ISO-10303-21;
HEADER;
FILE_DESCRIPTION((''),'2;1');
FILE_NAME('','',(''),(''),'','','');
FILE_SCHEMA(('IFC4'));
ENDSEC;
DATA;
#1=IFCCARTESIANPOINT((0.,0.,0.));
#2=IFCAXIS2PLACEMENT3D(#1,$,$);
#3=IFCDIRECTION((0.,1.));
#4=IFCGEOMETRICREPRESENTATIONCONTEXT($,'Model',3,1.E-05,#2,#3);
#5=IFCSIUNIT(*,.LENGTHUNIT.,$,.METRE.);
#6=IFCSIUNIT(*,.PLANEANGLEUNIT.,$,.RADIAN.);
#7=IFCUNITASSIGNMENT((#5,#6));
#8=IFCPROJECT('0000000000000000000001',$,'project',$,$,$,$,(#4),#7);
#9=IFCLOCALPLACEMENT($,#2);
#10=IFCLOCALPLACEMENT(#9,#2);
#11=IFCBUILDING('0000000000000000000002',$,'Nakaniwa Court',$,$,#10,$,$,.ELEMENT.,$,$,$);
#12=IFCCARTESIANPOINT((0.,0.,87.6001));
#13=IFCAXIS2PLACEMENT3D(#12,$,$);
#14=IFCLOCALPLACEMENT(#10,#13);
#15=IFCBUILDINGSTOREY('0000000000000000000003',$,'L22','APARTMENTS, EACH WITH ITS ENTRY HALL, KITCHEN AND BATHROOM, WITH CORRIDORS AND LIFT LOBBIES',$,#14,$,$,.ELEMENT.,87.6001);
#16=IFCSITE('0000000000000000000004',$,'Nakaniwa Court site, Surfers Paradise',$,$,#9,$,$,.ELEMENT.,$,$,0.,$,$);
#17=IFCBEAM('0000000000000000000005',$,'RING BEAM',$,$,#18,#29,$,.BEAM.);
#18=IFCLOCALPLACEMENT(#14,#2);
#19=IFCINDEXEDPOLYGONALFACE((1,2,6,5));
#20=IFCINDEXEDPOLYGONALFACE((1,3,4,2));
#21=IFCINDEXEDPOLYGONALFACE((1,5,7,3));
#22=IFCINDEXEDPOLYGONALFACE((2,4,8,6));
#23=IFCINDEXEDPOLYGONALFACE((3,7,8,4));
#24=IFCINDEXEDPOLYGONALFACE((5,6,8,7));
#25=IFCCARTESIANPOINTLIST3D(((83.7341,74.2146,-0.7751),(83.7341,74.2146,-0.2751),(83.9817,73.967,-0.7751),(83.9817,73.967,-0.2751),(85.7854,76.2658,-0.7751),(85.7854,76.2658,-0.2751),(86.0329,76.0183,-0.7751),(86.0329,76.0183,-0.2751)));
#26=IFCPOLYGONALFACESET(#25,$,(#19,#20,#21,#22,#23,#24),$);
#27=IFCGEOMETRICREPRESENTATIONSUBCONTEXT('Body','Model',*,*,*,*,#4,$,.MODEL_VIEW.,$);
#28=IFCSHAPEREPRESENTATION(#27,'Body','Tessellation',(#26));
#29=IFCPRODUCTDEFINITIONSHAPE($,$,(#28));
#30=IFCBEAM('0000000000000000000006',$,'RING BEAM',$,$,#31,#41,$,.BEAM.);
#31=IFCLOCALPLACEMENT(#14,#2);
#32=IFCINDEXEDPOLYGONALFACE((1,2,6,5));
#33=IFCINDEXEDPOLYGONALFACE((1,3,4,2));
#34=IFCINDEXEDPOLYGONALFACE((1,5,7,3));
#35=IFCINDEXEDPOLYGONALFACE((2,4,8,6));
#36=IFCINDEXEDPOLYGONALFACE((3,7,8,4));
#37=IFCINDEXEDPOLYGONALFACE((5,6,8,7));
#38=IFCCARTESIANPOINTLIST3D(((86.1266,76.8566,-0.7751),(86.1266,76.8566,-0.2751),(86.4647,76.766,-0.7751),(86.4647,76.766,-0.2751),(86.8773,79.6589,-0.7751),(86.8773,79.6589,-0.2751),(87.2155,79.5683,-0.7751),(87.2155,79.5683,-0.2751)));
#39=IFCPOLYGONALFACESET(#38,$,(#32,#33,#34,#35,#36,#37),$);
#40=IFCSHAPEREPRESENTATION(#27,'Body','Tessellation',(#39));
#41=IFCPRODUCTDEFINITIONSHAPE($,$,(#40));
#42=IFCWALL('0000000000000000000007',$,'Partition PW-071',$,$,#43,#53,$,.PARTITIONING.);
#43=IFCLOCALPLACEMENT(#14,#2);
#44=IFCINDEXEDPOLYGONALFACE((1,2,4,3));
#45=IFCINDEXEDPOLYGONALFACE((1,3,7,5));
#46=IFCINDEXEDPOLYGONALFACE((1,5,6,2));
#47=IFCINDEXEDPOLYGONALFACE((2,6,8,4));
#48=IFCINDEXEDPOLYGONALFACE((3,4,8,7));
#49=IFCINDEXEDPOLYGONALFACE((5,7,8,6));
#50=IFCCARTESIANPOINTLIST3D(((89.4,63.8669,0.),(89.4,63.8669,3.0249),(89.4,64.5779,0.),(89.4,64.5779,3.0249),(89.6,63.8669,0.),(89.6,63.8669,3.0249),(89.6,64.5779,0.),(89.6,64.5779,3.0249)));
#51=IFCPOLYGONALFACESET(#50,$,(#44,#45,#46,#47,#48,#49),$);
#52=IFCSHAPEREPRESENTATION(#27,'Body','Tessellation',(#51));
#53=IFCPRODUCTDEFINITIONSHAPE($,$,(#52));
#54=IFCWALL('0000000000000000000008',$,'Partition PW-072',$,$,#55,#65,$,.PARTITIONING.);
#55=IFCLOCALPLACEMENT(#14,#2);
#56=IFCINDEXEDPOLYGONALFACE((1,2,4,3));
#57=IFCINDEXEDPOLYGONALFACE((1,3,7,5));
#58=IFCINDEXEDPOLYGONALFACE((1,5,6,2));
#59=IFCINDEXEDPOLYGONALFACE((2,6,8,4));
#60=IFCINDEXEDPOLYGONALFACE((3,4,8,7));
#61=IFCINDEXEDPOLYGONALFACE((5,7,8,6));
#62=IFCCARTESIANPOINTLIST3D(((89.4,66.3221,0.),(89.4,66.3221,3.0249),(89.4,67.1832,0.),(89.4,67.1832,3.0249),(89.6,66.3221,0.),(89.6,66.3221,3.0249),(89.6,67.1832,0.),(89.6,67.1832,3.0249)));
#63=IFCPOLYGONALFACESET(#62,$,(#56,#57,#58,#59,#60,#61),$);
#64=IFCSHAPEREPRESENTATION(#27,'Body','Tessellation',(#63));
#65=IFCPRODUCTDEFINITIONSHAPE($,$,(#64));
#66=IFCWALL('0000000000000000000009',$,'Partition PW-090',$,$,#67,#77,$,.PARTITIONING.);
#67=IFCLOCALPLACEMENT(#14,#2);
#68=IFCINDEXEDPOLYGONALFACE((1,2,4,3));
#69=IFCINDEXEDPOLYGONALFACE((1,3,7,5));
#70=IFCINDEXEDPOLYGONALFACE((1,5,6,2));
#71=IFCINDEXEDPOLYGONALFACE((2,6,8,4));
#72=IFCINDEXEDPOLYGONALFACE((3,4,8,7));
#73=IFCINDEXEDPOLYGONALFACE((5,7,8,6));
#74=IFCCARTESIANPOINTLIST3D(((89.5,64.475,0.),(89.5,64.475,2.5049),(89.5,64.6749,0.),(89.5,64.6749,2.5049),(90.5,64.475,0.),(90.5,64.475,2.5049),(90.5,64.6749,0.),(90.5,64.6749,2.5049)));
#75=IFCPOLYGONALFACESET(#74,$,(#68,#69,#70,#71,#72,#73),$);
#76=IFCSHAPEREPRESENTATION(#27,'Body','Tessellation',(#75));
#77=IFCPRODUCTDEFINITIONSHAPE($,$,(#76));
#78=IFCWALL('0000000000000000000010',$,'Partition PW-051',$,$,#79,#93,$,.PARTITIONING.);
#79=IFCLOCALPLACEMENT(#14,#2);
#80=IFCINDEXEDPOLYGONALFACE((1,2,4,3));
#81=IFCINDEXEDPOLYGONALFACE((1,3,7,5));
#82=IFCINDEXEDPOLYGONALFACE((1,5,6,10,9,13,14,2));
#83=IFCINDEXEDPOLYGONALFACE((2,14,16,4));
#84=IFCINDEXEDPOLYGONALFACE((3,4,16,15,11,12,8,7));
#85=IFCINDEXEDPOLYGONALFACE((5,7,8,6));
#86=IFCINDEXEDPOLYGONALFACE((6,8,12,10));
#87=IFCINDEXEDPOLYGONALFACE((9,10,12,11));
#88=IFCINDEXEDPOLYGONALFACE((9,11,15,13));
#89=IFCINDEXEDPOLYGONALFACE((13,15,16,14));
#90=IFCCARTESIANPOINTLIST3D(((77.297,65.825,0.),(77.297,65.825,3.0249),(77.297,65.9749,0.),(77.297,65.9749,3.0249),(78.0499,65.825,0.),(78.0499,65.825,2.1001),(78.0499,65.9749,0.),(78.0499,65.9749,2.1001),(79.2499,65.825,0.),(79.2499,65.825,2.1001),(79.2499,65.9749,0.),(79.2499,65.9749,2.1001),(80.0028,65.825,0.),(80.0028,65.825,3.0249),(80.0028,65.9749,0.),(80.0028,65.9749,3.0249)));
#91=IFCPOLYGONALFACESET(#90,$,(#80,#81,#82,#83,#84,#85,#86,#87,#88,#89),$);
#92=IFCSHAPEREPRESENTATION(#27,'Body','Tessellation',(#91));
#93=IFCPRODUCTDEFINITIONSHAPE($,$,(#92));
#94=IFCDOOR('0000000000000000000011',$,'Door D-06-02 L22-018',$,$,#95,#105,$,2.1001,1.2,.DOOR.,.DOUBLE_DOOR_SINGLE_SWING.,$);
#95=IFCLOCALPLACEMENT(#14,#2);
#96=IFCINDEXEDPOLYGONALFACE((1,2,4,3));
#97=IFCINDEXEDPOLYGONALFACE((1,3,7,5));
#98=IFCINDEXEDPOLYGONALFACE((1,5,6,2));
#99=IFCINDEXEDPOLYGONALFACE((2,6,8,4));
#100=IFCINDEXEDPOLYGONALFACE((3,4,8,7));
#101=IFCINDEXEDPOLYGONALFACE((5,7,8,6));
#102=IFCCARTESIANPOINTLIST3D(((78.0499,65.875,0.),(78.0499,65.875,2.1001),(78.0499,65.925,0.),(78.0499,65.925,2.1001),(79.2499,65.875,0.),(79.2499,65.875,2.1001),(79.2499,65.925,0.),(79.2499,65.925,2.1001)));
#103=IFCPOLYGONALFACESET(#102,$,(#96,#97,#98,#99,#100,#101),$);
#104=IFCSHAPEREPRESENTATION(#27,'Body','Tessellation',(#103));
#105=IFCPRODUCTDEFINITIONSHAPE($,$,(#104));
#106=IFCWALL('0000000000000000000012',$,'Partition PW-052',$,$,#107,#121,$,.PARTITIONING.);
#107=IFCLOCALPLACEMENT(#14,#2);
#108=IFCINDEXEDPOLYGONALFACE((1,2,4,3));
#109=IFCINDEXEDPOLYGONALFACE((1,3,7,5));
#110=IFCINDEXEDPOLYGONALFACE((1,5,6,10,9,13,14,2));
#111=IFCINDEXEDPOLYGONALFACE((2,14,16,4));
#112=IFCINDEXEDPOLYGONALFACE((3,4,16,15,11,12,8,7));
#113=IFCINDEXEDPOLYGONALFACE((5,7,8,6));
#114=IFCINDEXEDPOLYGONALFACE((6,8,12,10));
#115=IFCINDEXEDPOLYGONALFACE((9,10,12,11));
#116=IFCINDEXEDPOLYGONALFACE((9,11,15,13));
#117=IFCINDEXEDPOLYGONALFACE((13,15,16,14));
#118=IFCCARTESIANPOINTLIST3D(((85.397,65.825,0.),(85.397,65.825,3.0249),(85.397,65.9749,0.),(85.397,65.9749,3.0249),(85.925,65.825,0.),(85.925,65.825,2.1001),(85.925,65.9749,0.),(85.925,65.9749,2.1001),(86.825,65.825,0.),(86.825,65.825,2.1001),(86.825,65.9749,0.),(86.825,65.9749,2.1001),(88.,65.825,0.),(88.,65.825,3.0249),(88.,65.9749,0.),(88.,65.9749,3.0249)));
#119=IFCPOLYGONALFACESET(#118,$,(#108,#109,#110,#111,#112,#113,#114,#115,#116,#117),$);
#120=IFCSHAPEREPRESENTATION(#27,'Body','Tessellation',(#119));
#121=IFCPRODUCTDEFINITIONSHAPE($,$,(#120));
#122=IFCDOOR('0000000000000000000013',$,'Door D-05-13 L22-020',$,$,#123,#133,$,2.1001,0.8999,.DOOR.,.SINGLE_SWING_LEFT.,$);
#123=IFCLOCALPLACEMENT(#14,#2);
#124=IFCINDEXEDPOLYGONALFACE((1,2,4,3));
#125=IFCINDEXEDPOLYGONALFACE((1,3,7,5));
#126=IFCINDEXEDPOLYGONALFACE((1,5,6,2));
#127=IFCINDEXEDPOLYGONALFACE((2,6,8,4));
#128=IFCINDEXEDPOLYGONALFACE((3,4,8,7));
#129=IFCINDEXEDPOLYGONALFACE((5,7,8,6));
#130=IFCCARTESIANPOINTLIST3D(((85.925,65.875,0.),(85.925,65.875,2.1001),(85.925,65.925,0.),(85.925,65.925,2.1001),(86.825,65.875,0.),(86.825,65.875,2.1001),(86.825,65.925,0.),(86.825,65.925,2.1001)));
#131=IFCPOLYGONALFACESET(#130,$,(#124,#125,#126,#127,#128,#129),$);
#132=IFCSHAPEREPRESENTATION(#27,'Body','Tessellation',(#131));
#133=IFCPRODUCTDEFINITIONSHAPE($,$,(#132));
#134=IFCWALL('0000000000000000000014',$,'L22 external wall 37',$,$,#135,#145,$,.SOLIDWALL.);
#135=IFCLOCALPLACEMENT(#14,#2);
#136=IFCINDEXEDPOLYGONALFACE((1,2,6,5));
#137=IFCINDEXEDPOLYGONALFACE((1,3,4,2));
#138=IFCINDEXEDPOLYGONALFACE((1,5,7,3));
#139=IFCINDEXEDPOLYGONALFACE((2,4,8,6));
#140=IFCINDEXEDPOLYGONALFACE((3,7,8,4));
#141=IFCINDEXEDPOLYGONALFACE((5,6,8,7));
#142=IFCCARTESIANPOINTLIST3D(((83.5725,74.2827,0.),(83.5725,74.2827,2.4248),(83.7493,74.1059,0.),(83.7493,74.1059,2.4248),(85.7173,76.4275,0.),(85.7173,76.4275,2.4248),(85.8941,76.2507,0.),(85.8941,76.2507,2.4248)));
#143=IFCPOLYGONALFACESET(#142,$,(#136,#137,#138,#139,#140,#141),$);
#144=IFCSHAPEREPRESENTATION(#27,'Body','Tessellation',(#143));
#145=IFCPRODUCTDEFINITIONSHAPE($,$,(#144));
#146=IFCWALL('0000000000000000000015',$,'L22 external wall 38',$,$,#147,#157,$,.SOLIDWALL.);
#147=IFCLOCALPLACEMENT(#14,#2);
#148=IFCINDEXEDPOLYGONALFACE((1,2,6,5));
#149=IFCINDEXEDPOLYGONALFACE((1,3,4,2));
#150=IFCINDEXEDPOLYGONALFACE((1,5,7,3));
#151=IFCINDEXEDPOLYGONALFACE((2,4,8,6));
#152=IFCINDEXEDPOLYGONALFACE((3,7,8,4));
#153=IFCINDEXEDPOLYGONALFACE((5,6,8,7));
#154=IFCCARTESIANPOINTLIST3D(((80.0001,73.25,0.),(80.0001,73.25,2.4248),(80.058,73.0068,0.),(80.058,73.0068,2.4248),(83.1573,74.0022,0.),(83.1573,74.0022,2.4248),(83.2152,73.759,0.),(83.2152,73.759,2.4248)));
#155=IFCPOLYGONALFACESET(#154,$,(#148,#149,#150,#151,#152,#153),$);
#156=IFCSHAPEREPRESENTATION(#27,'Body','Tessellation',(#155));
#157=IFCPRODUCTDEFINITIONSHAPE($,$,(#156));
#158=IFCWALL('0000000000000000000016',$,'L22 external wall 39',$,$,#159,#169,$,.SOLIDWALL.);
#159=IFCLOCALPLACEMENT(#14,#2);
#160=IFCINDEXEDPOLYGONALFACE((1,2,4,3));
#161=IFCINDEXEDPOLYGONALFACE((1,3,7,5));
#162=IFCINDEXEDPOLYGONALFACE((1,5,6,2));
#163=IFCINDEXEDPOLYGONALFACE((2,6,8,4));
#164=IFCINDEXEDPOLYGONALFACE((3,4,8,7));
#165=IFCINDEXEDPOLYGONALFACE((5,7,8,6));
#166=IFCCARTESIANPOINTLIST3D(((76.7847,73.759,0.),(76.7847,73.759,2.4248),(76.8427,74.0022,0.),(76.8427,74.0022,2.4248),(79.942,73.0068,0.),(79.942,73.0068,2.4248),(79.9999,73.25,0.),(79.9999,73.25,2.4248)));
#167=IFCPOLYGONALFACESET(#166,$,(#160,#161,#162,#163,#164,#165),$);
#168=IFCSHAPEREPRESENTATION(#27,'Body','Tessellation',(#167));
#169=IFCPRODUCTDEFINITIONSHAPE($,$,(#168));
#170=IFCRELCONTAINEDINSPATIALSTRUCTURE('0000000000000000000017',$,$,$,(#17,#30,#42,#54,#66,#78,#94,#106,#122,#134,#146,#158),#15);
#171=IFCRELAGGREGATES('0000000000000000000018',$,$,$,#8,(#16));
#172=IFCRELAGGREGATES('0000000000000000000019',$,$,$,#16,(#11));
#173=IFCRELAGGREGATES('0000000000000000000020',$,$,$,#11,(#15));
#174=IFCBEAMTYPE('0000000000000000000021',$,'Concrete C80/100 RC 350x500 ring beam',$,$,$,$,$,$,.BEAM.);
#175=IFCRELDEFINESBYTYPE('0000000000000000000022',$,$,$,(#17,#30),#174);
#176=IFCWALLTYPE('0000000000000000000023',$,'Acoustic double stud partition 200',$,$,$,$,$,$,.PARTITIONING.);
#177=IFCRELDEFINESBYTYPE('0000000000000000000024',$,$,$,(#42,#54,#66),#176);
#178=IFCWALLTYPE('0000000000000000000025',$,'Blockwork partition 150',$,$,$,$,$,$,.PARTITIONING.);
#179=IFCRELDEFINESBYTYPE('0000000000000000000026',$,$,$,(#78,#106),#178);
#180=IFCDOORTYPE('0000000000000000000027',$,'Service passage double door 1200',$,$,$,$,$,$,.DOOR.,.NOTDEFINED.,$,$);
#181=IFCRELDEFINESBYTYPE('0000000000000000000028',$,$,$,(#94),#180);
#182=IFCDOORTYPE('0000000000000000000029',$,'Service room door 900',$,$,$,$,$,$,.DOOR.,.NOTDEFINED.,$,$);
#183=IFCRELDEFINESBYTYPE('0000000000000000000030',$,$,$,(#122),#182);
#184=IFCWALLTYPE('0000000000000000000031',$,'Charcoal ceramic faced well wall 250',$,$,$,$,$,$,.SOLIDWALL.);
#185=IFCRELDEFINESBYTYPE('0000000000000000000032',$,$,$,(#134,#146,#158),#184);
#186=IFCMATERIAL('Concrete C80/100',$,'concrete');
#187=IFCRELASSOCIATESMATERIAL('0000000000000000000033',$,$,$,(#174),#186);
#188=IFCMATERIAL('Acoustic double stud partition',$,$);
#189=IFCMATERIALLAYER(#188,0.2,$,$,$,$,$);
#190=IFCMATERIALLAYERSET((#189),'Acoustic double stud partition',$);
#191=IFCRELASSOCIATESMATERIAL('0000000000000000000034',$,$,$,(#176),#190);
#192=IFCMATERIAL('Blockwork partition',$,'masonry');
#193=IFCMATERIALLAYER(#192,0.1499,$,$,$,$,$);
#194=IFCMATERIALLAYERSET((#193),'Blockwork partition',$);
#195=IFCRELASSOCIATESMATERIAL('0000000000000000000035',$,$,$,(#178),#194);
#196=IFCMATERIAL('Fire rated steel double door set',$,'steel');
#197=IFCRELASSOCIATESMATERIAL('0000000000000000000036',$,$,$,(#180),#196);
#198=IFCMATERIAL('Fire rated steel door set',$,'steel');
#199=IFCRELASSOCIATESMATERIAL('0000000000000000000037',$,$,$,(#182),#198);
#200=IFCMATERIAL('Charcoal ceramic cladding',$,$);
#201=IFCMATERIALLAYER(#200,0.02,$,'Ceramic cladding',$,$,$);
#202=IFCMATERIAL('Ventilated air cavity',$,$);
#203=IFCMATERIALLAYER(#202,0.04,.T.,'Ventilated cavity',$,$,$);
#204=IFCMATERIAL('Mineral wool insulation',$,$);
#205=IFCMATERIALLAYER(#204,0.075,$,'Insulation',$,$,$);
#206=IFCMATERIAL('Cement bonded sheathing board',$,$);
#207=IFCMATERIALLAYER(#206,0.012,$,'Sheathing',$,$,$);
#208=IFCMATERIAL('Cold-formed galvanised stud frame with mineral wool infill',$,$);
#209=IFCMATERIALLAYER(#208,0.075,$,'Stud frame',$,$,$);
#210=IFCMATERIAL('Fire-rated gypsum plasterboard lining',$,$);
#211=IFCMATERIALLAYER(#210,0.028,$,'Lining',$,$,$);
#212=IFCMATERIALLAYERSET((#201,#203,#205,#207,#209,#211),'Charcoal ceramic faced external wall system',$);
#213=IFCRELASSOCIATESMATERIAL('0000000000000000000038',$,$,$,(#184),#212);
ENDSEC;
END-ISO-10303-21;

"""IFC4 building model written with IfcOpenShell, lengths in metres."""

from ifc_helpers import new_model, si_unit, direction, frame, frame_2d, origin, origin_2d, place, context, subcontext, project, spatial, rectangle, extrude, material, layer, layer_set, material_profile, profile_set, type_object, element, fill, save


model = new_model("IFC4")

# Units and contexts
model_context = context("Model", 3, precision=1e-05, world=origin(), true_north=direction((0.0, 1.0)))
body_context = subcontext(model_context, "Body", "Model", "MODEL_VIEW")
ifc_project = project(units=[si_unit("LENGTHUNIT", "METRE"), si_unit("PLANEANGLEUNIT", "RADIAN")], contexts=[model_context])

# Site, building, storey
site_placement = place(None, origin())
site = spatial("IfcSite", under=ifc_project, at=site_placement, Name="Nakaniwa Court site, Surfers Paradise", CompositionType="ELEMENT", RefElevation=0.0)
building_placement = place(site_placement, origin())
building = spatial("IfcBuilding", under=site, at=building_placement, Name="Nakaniwa Court", CompositionType="ELEMENT")
storey_placement = place(building_placement, frame((0.0, 0.0, 87.6001)))
storey = spatial("IfcBuildingStorey", under=building, at=storey_placement, Name="L22", Description="APARTMENTS, EACH WITH ITS ENTRY HALL, KITCHEN AND BATHROOM, WITH CORRIDORS AND LIFT LOBBIES", CompositionType="ELEMENT", Elevation=87.6001)

# Shared definitions
ifc_material_1 = material(Name="Concrete C80/100", Category="concrete")

# Beams
ifc_material_profile_1 = material_profile(ifc_material_1, rectangle(XDim=0.3501, YDim=0.5, at=origin_2d()), Name="Concrete C80/100 RC 350x500 ring beam")
ifc_profile_set_1 = profile_set([ifc_material_profile_1], Name="Concrete C80/100")
beam_type = type_object("IfcBeamType", Name="Concrete C80/100 RC 350x500 ring beam", PredefinedType="BEAM", material=ifc_profile_set_1)
beam_1_placement = place(storey_placement, frame((83.8579, 74.0908, -0.5251), z_axis=(0.707107, 0.707107, 0.0), x_axis=(-0.707107, 0.707107, 0.0)))
element("IfcBeam", 1, at=beam_1_placement, inside=storey, type_object=beam_type, Name="RING BEAM", PredefinedType="BEAM", context=body_context, shape_type="SweptSolid", body=[
    extrude(rectangle(XDim=0.3501, YDim=0.5, at=origin_2d()), origin(), (0.0, 0.0, 1.0), 2.9009),
])
beam_2_placement = place(storey_placement, frame((86.2957, 76.8113, -0.5251), z_axis=(0.258778, 0.965937, 0.0), x_axis=(-0.965937, 0.258778, 0.0)))
element("IfcBeam", 2, at=beam_2_placement, inside=storey, type_object=beam_type, Name="RING BEAM", PredefinedType="BEAM", context=body_context, shape_type="SweptSolid", body=[
    extrude(rectangle(XDim=0.3501, YDim=0.5, at=origin_2d()), origin(), (0.0, 0.0, 1.0), 2.9011),
])

# Walls
ifc_material_2 = material(Name="Acoustic double stud partition")
ifc_layer_1 = layer(ifc_material_2, 0.2)
ifc_layer_set_1 = layer_set([ifc_layer_1], Name="Acoustic double stud partition")
wall_type_1 = type_object("IfcWallType", Name="Acoustic double stud partition 200", PredefinedType="PARTITIONING", material=ifc_layer_set_1)
wall_1_placement = place(storey_placement, frame((89.5, 63.8669, 0.0), z_axis=(0.0, 0.0, 1.0), x_axis=(0.0, 1.0, 0.0)))
element("IfcWall", 3, at=wall_1_placement, inside=storey, type_object=wall_type_1, Name="Partition PW-071", PredefinedType="PARTITIONING", context=body_context, shape_type="SweptSolid", body=[
    extrude(rectangle(XDim=0.7109, YDim=0.2, at=frame_2d((0.3555, 0.0))), origin(), (0.0, 0.0, 1.0), 3.0249),
])
wall_2_placement = place(storey_placement, frame((89.5, 66.322, 0.0), z_axis=(0.0, 0.0, 1.0), x_axis=(0.0, 1.0, 0.0)))
element("IfcWall", 4, at=wall_2_placement, inside=storey, type_object=wall_type_1, Name="Partition PW-072", PredefinedType="PARTITIONING", context=body_context, shape_type="SweptSolid", body=[
    extrude(rectangle(XDim=0.8611, YDim=0.2, at=frame_2d((0.4307, 0.0))), origin(), (0.0, 0.0, 1.0), 3.0249),
])
wall_3_placement = place(storey_placement, frame((89.5, 64.575, 0.0), z_axis=(0.0, 0.0, 1.0), x_axis=(1.0, 0.0, 0.0)))
element("IfcWall", 5, at=wall_3_placement, inside=storey, type_object=wall_type_1, Name="Partition PW-090", PredefinedType="PARTITIONING", context=body_context, shape_type="SweptSolid", body=[
    extrude(rectangle(XDim=1.0, YDim=0.2, at=frame_2d((0.5, 0.0))), origin(), (0.0, 0.0, 1.0), 2.5049),
])

# Walls, openings, doors
ifc_material_3 = material(Name="Blockwork partition", Category="masonry")
ifc_layer_2 = layer(ifc_material_3, 0.1499)
ifc_layer_set_2 = layer_set([ifc_layer_2], Name="Blockwork partition")
wall_type_2 = type_object("IfcWallType", Name="Blockwork partition 150", PredefinedType="PARTITIONING", material=ifc_layer_set_2)
wall_4_placement = place(storey_placement, frame((80.0029, 65.8999, 0.0), z_axis=(0.0, 0.0, 1.0), x_axis=(-1.0, 0.0, 0.0)))
wall_4 = element("IfcWall", 6, at=wall_4_placement, inside=storey, type_object=wall_type_2, Name="Partition PW-051", PredefinedType="PARTITIONING", context=body_context, shape_type="SweptSolid", body=[
    extrude(rectangle(XDim=2.7058, YDim=0.1499, at=frame_2d((1.353, 0.0))), origin(), (0.0, 0.0, 1.0), 3.0249),
])
opening_1_placement = place(wall_4_placement, frame((0.7529, 0.0, 0.0)))
opening_1 = element("IfcOpeningElement", 7, at=opening_1_placement, cuts=wall_4, PredefinedType="OPENING", context=body_context, shape_type="SweptSolid", body=[
    extrude(rectangle(XDim=1.2, YDim=2.1001, at=frame_2d((0.6001, 1.05))), frame((0.0, 0.085, 0.0), z_axis=(0.0, -1.0, 0.0), x_axis=(1.0, 0.0, 0.0)), (0.0, 0.0, 1.0), 0.1699),
])
ifc_material_4 = material(Name="Fire rated steel double door set", Category="steel")
door_type_1 = type_object("IfcDoorType", Name="Service passage double door 1200", OperationType="NOTDEFINED", PredefinedType="DOOR", material=ifc_material_4)
door_1_placement = place(opening_1_placement, origin())
door_1 = element("IfcDoor", 8, at=door_1_placement, inside=storey, type_object=door_type_1, Name="Door D-06-02 L22-018", OperationType="DOUBLE_DOOR_SINGLE_SWING", OverallHeight=2.1001, OverallWidth=1.2, PredefinedType="DOOR", context=body_context, shape_type="SweptSolid", body=[
    extrude(rectangle(XDim=1.2, YDim=2.1001, at=frame_2d((0.6001, 1.05))), frame((0.0, 0.0249, 0.0), z_axis=(0.0, -1.0, 0.0), x_axis=(1.0, 0.0, 0.0)), (0.0, 0.0, 1.0), 0.05),
])
fill(opening_1, door_1)
wall_5_placement = place(storey_placement, frame((88.0, 65.8999, 0.0), z_axis=(0.0, 0.0, 1.0), x_axis=(-1.0, 0.0, 0.0)))
wall_5 = element("IfcWall", 9, at=wall_5_placement, inside=storey, type_object=wall_type_2, Name="Partition PW-052", PredefinedType="PARTITIONING", context=body_context, shape_type="SweptSolid", body=[
    extrude(rectangle(XDim=2.603, YDim=0.1499, at=frame_2d((1.3015, 0.0))), origin(), (0.0, 0.0, 1.0), 3.0249),
])
opening_2_placement = place(wall_5_placement, frame((1.175, 0.0, 0.0)))
opening_2 = element("IfcOpeningElement", 10, at=opening_2_placement, cuts=wall_5, PredefinedType="OPENING", context=body_context, shape_type="SweptSolid", body=[
    extrude(rectangle(XDim=0.8999, YDim=2.1001, at=frame_2d((0.45, 1.05))), frame((0.0, 0.085, 0.0), z_axis=(0.0, -1.0, 0.0), x_axis=(1.0, 0.0, 0.0)), (0.0, 0.0, 1.0), 0.1699),
])
ifc_material_5 = material(Name="Fire rated steel door set", Category="steel")
door_type_2 = type_object("IfcDoorType", Name="Service room door 900", OperationType="NOTDEFINED", PredefinedType="DOOR", material=ifc_material_5)
door_2_placement = place(opening_2_placement, origin())
door_2 = element("IfcDoor", 11, at=door_2_placement, inside=storey, type_object=door_type_2, Name="Door D-05-13 L22-020", OperationType="SINGLE_SWING_LEFT", OverallHeight=2.1001, OverallWidth=0.8999, PredefinedType="DOOR", context=body_context, shape_type="SweptSolid", body=[
    extrude(rectangle(XDim=0.8999, YDim=2.1001, at=frame_2d((0.45, 1.05))), frame((0.0, 0.0249, 0.0), z_axis=(0.0, -1.0, 0.0), x_axis=(1.0, 0.0, 0.0)), (0.0, 0.0, 1.0), 0.05),
])
fill(opening_2, door_2)

# Walls
ifc_material_6 = material(Name="Charcoal ceramic cladding")
ifc_layer_3 = layer(ifc_material_6, 0.02, Name="Ceramic cladding")
ifc_material_7 = material(Name="Ventilated air cavity")
ifc_layer_4 = layer(ifc_material_7, 0.04, ventilated=True, Name="Ventilated cavity")
ifc_material_8 = material(Name="Mineral wool insulation")
ifc_layer_5 = layer(ifc_material_8, 0.075, Name="Insulation")
ifc_material_9 = material(Name="Cement bonded sheathing board")
ifc_layer_6 = layer(ifc_material_9, 0.012, Name="Sheathing")
ifc_material_10 = material(Name="Cold-formed galvanised stud frame with mineral wool infill")
ifc_layer_7 = layer(ifc_material_10, 0.075, Name="Stud frame")
ifc_material_11 = material(Name="Fire-rated gypsum plasterboard lining")
ifc_layer_8 = layer(ifc_material_11, 0.028, Name="Lining")
ifc_layer_set_3 = layer_set([ifc_layer_3, ifc_layer_4, ifc_layer_5, ifc_layer_6, ifc_layer_7, ifc_layer_8], Name="Charcoal ceramic faced external wall system")
wall_type_3 = type_object("IfcWallType", Name="Charcoal ceramic faced well wall 250", PredefinedType="SOLIDWALL", material=ifc_layer_set_3)
wall_6_placement = place(storey_placement, frame((85.8057, 76.3391, 0.0), z_axis=(0.0, 0.0, 1.0), x_axis=(-0.707107, -0.707107, 0.0)))
element("IfcWall", 12, at=wall_6_placement, inside=storey, type_object=wall_type_3, Name="L22 external wall 37", PredefinedType="SOLIDWALL", context=body_context, shape_type="SweptSolid", body=[
    extrude(rectangle(XDim=3.0332, YDim=0.25, at=frame_2d((1.5166, 0.0))), origin(), (0.0, 0.0, 1.0), 2.4248),
])
for number, where, z_axis, x_axis, name in (
    (13, (83.1863, 73.8806, 0.0), (0.0, 0.0, 1.0), (-0.972773, -0.23176, 0.0), "L22 external wall 38"),
    (14, (79.9709, 73.1284, 0.0), (0.0, 0.0, 1.0), (-0.972773, 0.23176, 0.0), "L22 external wall 39"),
):
    element("IfcWall", number, at=place(storey_placement, frame(where, z_axis=z_axis, x_axis=x_axis)), inside=storey, type_object=wall_type_3, Name=name, PredefinedType="SOLIDWALL", context=body_context, shape_type="SweptSolid", body=[
        extrude(rectangle(XDim=3.2456, YDim=0.25, at=frame_2d((1.6228, 0.0))), origin(), (0.0, 0.0, 1.0), 2.4248),
    ])

save(model, "model.ifc")
